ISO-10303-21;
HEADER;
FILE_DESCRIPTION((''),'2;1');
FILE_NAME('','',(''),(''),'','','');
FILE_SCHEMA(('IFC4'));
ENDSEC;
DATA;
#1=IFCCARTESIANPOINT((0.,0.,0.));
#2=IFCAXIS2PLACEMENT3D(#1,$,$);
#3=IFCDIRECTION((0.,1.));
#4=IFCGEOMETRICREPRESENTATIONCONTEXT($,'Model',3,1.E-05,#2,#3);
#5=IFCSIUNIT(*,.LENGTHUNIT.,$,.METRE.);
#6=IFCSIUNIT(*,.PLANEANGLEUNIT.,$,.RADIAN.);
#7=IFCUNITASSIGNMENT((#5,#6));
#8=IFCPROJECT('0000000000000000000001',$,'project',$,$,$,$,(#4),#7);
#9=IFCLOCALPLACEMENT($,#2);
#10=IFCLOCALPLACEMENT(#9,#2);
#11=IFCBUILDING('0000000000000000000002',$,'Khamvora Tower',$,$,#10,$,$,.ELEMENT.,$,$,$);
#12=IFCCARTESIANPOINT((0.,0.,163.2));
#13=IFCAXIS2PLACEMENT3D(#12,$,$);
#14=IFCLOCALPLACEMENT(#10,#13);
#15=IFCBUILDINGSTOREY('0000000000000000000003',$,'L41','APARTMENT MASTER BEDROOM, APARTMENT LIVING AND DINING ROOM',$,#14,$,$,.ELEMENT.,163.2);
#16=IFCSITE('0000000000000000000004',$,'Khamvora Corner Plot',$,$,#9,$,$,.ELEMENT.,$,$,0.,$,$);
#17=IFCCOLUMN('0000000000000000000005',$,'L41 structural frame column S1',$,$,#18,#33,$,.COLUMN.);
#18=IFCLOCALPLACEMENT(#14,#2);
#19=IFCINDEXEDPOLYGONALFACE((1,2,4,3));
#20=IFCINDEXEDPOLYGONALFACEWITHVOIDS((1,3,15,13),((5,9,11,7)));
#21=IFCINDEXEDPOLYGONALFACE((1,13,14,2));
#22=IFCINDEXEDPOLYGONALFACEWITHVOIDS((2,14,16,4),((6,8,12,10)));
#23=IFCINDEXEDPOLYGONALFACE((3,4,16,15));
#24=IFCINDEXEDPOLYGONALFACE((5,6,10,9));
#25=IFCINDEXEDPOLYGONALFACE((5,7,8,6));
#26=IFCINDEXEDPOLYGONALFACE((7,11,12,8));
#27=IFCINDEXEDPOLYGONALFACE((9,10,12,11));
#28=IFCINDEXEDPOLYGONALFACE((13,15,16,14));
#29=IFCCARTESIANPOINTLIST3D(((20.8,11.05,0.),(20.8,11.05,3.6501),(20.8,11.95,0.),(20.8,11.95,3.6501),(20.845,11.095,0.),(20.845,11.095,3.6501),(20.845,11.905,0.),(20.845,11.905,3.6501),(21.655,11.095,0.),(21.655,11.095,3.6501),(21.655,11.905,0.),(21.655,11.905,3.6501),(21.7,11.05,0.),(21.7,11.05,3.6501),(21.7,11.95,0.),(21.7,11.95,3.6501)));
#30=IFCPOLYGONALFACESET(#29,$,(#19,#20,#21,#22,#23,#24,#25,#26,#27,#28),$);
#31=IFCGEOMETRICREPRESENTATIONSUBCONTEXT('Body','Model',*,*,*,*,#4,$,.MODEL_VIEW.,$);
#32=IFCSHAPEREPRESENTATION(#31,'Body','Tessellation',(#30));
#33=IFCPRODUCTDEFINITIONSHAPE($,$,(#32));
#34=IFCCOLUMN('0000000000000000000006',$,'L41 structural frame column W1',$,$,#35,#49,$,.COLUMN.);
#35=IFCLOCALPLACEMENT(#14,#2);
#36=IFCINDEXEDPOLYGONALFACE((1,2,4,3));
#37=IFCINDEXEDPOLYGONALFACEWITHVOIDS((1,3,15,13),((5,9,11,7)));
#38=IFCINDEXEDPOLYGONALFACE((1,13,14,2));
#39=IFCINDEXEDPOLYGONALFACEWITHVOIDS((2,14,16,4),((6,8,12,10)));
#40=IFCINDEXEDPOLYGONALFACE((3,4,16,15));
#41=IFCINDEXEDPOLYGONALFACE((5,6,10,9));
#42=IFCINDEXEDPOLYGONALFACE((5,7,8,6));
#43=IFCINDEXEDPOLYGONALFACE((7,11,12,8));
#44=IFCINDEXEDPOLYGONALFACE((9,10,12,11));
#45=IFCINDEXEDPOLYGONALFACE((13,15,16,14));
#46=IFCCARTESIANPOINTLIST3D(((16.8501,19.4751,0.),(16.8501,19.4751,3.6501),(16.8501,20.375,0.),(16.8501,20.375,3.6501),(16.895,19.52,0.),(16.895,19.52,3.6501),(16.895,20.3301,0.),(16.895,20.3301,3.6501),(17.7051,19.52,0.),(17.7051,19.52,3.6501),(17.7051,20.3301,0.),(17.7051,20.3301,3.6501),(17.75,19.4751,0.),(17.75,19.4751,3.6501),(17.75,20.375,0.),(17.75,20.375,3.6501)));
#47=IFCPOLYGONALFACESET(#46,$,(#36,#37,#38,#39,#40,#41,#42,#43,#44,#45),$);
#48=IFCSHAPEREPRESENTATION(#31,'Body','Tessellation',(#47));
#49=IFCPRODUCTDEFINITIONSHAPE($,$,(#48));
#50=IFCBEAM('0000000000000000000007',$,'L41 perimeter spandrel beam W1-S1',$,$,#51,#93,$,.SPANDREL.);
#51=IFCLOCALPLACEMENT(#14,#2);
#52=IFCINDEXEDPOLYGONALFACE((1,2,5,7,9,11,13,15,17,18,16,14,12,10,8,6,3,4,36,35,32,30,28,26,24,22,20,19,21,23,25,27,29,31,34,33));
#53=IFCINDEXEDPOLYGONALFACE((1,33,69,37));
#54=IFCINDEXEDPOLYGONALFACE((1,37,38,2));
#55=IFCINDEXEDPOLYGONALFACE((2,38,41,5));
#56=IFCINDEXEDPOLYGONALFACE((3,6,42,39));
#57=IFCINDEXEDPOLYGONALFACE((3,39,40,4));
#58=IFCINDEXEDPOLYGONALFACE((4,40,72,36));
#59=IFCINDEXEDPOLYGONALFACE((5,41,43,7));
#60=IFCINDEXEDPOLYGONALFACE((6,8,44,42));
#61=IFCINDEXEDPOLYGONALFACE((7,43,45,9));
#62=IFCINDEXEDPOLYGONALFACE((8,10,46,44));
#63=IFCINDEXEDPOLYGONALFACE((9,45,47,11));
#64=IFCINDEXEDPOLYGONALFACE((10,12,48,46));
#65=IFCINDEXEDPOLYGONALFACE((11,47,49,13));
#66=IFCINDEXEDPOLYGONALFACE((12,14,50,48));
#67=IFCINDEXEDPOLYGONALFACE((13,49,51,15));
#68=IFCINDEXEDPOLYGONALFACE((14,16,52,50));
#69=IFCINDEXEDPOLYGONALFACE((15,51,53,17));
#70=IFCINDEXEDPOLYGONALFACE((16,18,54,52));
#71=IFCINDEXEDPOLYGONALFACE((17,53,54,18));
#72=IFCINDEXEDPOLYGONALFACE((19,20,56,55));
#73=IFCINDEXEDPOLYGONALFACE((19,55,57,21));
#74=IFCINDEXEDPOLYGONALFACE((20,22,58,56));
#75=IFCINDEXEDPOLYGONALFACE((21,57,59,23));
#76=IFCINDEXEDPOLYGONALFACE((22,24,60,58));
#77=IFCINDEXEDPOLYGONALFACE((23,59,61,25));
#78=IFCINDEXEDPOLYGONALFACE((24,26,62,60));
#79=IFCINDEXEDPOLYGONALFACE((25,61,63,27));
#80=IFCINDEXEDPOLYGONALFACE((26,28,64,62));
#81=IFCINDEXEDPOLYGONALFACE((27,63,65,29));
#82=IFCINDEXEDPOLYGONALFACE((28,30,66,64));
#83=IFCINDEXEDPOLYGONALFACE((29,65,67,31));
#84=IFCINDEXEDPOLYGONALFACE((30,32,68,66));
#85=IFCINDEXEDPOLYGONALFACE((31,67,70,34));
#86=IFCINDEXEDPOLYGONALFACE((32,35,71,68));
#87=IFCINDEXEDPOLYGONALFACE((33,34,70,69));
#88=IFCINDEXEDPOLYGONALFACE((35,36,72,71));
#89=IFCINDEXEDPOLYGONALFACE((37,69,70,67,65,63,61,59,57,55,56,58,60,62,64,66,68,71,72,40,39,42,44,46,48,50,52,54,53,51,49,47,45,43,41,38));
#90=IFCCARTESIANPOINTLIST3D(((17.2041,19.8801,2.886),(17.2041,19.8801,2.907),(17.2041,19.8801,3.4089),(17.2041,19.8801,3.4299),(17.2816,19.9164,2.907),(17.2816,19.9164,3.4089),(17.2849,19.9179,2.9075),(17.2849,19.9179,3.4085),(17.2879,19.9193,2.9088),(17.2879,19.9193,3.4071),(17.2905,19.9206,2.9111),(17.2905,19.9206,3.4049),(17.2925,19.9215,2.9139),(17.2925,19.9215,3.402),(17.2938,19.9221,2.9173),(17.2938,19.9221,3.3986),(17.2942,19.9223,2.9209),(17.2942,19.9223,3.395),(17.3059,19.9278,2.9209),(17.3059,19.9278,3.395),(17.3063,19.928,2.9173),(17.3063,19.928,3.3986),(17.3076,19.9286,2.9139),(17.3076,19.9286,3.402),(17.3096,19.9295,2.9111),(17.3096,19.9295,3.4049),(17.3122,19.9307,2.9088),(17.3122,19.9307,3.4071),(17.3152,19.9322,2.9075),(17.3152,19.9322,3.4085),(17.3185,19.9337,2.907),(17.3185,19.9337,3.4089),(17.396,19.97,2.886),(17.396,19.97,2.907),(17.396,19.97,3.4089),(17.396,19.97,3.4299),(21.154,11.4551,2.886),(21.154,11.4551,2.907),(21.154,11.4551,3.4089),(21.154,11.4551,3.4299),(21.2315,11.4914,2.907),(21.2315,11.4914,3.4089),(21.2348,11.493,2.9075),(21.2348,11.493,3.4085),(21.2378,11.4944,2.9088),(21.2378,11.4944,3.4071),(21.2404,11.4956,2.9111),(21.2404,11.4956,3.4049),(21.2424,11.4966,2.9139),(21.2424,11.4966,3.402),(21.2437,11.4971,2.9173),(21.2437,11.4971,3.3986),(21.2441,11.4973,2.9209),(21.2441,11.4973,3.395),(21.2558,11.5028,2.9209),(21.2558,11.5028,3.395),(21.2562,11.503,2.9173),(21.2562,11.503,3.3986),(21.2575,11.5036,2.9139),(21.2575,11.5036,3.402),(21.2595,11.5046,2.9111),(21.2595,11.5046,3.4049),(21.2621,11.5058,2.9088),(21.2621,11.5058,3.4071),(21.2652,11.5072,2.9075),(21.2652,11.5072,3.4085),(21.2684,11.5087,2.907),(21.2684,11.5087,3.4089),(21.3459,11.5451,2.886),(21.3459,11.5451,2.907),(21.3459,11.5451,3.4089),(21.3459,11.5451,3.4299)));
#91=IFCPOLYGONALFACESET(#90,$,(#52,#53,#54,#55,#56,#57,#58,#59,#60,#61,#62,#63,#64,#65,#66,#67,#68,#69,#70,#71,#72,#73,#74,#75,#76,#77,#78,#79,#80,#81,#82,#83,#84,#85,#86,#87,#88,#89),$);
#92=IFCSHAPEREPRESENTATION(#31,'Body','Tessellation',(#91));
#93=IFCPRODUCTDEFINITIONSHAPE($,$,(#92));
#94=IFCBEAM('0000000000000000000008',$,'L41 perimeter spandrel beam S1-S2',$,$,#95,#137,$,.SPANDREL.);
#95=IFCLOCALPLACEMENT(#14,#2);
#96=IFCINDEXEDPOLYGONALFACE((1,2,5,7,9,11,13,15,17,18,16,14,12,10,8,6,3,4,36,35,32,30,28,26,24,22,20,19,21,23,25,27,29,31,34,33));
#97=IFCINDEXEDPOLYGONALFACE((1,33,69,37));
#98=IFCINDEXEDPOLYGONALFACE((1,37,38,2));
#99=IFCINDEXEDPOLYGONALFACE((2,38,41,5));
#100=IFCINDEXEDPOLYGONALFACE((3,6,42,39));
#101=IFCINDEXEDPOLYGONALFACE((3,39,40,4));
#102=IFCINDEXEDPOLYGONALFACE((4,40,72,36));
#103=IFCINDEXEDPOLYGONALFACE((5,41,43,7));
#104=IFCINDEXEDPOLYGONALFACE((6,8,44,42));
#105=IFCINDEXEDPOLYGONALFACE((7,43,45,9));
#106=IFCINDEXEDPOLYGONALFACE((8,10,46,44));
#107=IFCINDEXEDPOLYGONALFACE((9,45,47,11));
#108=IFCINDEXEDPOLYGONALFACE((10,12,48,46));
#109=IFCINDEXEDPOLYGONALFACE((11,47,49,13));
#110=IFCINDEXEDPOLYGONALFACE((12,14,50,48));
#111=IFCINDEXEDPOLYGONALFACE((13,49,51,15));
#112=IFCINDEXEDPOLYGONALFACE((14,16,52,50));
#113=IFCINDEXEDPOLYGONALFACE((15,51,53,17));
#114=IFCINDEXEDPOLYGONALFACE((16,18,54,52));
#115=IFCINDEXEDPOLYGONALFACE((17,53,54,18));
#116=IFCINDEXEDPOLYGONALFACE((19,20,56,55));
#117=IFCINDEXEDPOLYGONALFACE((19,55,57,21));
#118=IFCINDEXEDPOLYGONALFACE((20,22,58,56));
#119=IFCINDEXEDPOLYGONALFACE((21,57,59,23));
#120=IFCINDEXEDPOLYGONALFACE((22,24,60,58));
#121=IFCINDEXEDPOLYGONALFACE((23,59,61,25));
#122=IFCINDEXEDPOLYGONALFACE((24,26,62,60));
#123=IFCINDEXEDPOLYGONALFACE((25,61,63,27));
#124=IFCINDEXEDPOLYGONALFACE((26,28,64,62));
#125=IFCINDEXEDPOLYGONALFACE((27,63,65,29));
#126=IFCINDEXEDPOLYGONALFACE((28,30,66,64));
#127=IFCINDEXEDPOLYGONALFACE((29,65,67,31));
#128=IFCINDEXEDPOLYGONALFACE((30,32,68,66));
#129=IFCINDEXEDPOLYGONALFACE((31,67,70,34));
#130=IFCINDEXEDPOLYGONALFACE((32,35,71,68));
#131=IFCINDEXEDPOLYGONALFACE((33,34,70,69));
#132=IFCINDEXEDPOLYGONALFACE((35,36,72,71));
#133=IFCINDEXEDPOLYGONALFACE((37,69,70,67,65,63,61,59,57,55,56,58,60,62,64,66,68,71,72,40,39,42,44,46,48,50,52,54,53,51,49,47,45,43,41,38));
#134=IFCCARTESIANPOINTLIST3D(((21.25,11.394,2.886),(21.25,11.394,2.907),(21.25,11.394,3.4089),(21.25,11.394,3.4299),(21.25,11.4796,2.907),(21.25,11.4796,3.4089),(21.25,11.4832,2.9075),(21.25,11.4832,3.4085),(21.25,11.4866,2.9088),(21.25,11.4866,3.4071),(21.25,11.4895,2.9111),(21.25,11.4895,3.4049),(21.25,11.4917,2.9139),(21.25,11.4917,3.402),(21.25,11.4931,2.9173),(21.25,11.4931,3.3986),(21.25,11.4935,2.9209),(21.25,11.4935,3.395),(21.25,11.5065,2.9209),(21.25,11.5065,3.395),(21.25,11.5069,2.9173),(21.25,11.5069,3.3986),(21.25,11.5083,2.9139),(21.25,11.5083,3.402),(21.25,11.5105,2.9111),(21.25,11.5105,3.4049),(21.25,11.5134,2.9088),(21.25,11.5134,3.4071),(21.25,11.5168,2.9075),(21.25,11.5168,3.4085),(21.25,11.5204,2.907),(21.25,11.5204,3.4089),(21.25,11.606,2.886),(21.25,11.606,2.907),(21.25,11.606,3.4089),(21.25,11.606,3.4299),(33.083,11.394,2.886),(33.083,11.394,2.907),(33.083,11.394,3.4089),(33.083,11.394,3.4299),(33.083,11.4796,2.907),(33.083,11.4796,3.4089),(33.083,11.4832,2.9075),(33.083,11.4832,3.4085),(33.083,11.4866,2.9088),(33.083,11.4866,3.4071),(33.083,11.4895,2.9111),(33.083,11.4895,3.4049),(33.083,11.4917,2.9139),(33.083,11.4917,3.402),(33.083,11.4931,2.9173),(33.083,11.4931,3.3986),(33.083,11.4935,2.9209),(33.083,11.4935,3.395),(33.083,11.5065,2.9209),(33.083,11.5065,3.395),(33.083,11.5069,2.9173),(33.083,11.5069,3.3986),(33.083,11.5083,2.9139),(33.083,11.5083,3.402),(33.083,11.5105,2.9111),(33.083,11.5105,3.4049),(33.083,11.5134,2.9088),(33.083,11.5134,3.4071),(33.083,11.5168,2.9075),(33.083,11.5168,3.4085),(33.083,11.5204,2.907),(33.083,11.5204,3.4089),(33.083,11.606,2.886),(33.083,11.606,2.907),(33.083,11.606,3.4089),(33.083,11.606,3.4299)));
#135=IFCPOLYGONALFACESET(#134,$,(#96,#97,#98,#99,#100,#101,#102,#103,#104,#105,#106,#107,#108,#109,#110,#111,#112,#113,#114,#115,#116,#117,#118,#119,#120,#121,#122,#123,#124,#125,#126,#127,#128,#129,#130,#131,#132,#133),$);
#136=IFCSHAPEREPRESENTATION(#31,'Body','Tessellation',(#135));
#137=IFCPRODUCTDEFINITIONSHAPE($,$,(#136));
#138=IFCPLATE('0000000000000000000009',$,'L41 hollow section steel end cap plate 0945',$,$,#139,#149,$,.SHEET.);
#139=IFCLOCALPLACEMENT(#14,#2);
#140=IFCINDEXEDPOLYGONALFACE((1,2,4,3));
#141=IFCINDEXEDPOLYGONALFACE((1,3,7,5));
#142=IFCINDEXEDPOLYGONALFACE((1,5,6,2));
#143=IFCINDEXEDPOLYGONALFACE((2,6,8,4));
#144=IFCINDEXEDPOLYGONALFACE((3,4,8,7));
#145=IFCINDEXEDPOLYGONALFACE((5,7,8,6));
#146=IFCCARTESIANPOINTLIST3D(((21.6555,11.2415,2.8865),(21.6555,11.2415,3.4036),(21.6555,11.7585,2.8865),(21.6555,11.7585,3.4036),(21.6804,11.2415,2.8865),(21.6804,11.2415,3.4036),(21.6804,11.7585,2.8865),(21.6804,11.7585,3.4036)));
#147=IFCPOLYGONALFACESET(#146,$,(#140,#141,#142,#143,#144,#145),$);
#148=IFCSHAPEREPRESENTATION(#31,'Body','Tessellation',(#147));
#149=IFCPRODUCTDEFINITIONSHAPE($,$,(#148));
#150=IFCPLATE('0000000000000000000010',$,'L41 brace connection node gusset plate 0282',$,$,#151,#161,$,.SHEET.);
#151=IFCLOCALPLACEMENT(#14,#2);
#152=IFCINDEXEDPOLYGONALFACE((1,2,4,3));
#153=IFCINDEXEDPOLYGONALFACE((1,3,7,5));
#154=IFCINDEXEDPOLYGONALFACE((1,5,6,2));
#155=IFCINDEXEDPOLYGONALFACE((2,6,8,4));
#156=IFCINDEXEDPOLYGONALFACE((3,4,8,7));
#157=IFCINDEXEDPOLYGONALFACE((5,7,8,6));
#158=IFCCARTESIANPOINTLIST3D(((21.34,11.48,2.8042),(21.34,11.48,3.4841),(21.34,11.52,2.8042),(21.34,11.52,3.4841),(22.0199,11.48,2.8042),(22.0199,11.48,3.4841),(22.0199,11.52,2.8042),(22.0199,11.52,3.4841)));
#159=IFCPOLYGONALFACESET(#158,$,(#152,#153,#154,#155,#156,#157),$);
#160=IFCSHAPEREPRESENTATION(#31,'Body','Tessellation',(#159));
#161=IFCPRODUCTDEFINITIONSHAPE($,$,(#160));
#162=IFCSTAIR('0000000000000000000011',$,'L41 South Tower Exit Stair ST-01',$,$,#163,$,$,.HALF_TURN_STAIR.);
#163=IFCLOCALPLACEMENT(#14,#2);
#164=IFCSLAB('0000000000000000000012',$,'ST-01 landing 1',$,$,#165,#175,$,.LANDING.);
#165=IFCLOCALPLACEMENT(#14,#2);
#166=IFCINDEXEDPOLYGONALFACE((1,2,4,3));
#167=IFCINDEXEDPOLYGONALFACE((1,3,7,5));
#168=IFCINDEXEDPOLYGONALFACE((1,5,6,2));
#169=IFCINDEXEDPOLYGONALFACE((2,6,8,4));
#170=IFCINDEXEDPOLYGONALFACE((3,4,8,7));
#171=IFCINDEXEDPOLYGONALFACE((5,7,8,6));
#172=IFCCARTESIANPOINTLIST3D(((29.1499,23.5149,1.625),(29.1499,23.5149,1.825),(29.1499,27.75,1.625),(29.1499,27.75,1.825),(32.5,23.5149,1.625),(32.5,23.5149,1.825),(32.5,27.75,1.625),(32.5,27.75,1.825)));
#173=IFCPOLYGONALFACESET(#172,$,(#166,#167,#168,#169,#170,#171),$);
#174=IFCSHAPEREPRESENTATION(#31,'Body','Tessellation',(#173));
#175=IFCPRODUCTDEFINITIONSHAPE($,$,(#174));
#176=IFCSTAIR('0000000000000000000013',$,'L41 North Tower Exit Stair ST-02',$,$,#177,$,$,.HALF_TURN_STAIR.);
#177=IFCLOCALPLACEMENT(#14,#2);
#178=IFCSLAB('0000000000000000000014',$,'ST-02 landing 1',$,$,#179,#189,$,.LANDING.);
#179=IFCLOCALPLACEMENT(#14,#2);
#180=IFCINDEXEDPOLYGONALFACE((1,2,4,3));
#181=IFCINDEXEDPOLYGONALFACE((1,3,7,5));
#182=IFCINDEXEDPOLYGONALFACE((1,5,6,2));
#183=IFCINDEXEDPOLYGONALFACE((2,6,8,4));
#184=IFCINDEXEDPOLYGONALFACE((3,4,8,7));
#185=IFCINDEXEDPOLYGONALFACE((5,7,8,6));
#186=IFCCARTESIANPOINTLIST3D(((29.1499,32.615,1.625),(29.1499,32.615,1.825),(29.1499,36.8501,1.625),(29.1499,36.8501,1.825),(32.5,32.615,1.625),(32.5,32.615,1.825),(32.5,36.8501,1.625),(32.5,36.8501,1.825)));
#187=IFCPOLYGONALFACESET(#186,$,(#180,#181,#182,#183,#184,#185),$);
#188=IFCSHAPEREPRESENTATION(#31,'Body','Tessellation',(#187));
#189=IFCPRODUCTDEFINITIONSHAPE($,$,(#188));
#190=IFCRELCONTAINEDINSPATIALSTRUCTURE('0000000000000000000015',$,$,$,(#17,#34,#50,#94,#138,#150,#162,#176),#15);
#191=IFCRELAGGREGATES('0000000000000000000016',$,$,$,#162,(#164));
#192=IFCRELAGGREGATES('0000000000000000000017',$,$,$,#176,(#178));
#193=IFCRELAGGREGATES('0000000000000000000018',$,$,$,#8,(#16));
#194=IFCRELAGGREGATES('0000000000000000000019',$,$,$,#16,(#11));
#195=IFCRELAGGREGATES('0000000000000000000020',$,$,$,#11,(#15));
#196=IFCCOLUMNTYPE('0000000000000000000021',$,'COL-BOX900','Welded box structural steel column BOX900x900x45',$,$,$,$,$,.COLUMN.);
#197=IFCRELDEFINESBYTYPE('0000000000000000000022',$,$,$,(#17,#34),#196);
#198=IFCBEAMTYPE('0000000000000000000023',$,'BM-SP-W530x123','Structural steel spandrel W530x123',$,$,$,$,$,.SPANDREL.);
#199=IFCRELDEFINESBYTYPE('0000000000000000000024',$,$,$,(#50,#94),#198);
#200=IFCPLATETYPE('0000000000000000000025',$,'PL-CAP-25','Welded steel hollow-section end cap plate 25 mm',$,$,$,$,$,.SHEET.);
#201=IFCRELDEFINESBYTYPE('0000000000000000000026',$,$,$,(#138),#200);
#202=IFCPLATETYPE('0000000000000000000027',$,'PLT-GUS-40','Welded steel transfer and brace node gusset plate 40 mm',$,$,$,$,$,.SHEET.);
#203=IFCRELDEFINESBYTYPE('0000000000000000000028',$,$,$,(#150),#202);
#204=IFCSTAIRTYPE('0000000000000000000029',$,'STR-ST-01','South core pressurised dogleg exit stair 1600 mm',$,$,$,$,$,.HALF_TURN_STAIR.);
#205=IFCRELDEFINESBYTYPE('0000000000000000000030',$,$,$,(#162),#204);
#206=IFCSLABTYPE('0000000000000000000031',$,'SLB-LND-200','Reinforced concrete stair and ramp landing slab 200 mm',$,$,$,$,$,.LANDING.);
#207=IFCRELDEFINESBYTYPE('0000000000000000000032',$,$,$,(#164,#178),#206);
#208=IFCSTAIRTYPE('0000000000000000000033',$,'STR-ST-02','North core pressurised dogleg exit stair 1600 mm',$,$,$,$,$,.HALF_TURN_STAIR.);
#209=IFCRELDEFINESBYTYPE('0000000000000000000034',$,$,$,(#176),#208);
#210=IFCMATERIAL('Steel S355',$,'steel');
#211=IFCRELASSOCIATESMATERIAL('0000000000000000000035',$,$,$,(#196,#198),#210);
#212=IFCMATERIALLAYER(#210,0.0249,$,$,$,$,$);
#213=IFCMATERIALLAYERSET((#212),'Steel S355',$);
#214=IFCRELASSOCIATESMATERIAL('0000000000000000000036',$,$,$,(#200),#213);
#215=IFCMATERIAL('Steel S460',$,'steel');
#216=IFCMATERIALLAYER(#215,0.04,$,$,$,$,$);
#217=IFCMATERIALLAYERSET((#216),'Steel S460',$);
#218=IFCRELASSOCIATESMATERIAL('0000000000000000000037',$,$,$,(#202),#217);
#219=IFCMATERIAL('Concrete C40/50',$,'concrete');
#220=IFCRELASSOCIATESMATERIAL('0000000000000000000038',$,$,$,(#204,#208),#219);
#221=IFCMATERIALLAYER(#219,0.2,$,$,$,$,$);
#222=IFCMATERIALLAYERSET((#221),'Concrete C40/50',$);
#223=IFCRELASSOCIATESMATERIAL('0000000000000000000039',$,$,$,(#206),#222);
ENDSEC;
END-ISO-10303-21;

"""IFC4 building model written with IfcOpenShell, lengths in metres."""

from ifc_helpers import new_model, si_unit, direction, frame, origin, origin_2d, place, context, subcontext, project, spatial, polyline, rectangle, hollow_rectangle, i_section, outline, extrude, material, layer, layer_set, material_profile, profile_set, type_object, element, aggregate, save


model = new_model("IFC4")

# Units and contexts
model_context = context("Model", 3, precision=1e-05, world=origin(), true_north=direction((0.0, 1.0)))
body_context = subcontext(model_context, "Body", "Model", "MODEL_VIEW")
ifc_project = project(units=[si_unit("LENGTHUNIT", "METRE"), si_unit("PLANEANGLEUNIT", "RADIAN")], contexts=[model_context])

# Site, building, storey
site_placement = place(None, origin())
site = spatial("IfcSite", under=ifc_project, at=site_placement, Name="Khamvora Corner Plot", CompositionType="ELEMENT", RefElevation=0.0)
building_placement = place(site_placement, origin())
building = spatial("IfcBuilding", under=site, at=building_placement, Name="Khamvora Tower", CompositionType="ELEMENT")
storey_placement = place(building_placement, frame((0.0, 0.0, 163.2)))
storey = spatial("IfcBuildingStorey", under=building, at=storey_placement, Name="L41", Description="APARTMENT MASTER BEDROOM, APARTMENT LIVING AND DINING ROOM", CompositionType="ELEMENT", Elevation=163.2)

# Columns
ifc_material_1 = material(Name="Steel S355", Category="steel")
ifc_material_profile_1 = material_profile(ifc_material_1, hollow_rectangle(XDim=0.8999, YDim=0.8999, WallThickness=0.0449, at=origin_2d()), Name="BOX900x900x45")
ifc_profile_set_1 = profile_set([ifc_material_profile_1], Name="Steel S355")
column_type = type_object("IfcColumnType", Name="COL-BOX900", Description="Welded box structural steel column BOX900x900x45", PredefinedType="COLUMN", material=ifc_profile_set_1)
for number, where, z_axis, x_axis, name in (
    (1, (21.25, 11.5, 0.0), (0.0, 0.0, 1.0), (1.0, 0.0, 0.0), "L41 structural frame column S1"),
    (2, (17.3, 19.925, 0.0), (0.0, 0.0, 1.0), (1.0, 0.0, 0.0), "L41 structural frame column W1"),
):
    element("IfcColumn", number, at=place(storey_placement, frame(where, z_axis=z_axis, x_axis=x_axis)), inside=storey, type_object=column_type, Name=name, PredefinedType="COLUMN", context=body_context, shape_type="SweptSolid", body=[
        extrude(hollow_rectangle(XDim=0.8999, YDim=0.8999, WallThickness=0.0449, at=origin_2d()), origin(), (0.0, 0.0, 1.0), 3.6501),
    ])

# Beams
ifc_material_profile_2 = material_profile(ifc_material_1, i_section(OverallWidth=0.2119, OverallDepth=0.5439, WebThickness=0.0129, FlangeThickness=0.021, FilletRadius=0.0139, at=origin_2d()), Name="W530x123")
ifc_profile_set_2 = profile_set([ifc_material_profile_2], Name="Steel S355")
beam_type = type_object("IfcBeamType", Name="BM-SP-W530x123", Description="Structural steel spandrel W530x123", PredefinedType="SPANDREL", material=ifc_profile_set_2)
beam_1_placement = place(storey_placement, frame((17.3, 19.925, 3.158), z_axis=(0.424496, -0.90543, 0.0), x_axis=(0.90543, 0.424496, 0.0)))
element("IfcBeam", 3, at=beam_1_placement, inside=storey, type_object=beam_type, Name="L41 perimeter spandrel beam W1-S1", PredefinedType="SPANDREL", context=body_context, shape_type="SweptSolid", body=[
    extrude(i_section(OverallWidth=0.2119, OverallDepth=0.5439, WebThickness=0.0129, FlangeThickness=0.021, FilletRadius=0.0139, at=origin_2d()), origin(), (0.0, 0.0, 1.0), 9.3049),
])
beam_2_placement = place(storey_placement, frame((21.25, 11.5, 3.158), z_axis=(1.0, 0.0, 0.0), x_axis=(0.0, 1.0, 0.0)))
element("IfcBeam", 4, at=beam_2_placement, inside=storey, type_object=beam_type, Name="L41 perimeter spandrel beam S1-S2", PredefinedType="SPANDREL", context=body_context, shape_type="SweptSolid", body=[
    extrude(i_section(OverallWidth=0.2119, OverallDepth=0.5439, WebThickness=0.0129, FlangeThickness=0.021, FilletRadius=0.0139, at=origin_2d()), origin(), (0.0, 0.0, 1.0), 11.833),
])

# Plates
ifc_layer_1 = layer(ifc_material_1, 0.0249)
ifc_layer_set_1 = layer_set([ifc_layer_1], Name="Steel S355")
plate_type_1 = type_object("IfcPlateType", Name="PL-CAP-25", Description="Welded steel hollow-section end cap plate 25 mm", PredefinedType="SHEET", material=ifc_layer_set_1)
plate_1_placement = place(storey_placement, frame((21.668, 11.5, 2.8865), z_axis=(0.0, 0.0, 1.0), x_axis=(-1.0, 0.0, 0.0)))
element("IfcPlate", 5, at=plate_1_placement, inside=storey, type_object=plate_type_1, Name="L41 hollow section steel end cap plate 0945", PredefinedType="SHEET", context=body_context, shape_type="SweptSolid", body=[
    extrude(rectangle(XDim=0.0249, YDim=0.5171, at=origin_2d()), origin(), (0.0, 0.0, 1.0), 0.5171),
])
ifc_material_2 = material(Name="Steel S460", Category="steel")
ifc_layer_2 = layer(ifc_material_2, 0.04)
ifc_layer_set_2 = layer_set([ifc_layer_2], Name="Steel S460")
plate_type_2 = type_object("IfcPlateType", Name="PLT-GUS-40", Description="Welded steel transfer and brace node gusset plate 40 mm", PredefinedType="SHEET", material=ifc_layer_set_2)
plate_2_placement = place(storey_placement, frame((21.6799, 11.5, 2.8042), z_axis=(0.0, 0.0, 1.0), x_axis=(1.0, 0.0, 0.0)))
element("IfcPlate", 6, at=plate_2_placement, inside=storey, type_object=plate_type_2, Name="L41 brace connection node gusset plate 0282", PredefinedType="SHEET", context=body_context, shape_type="SweptSolid", body=[
    extrude(rectangle(XDim=0.6799, YDim=0.04, at=origin_2d()), origin(), (0.0, 0.0, 1.0), 0.6799),
])

# Stairs, slabs
ifc_material_3 = material(Name="Concrete C40/50", Category="concrete")
stair_type_1 = type_object("IfcStairType", Name="STR-ST-01", Description="South core pressurised dogleg exit stair 1600 mm", PredefinedType="HALF_TURN_STAIR", material=ifc_material_3)
stair_1_placement = place(storey_placement, origin())
stair_1 = element("IfcStair", 7, at=stair_1_placement, inside=storey, type_object=stair_type_1, Name="L41 South Tower Exit Stair ST-01", PredefinedType="HALF_TURN_STAIR")
ifc_layer_3 = layer(ifc_material_3, 0.2)
ifc_layer_set_3 = layer_set([ifc_layer_3], Name="Concrete C40/50")
slab_type_1 = type_object("IfcSlabType", Name="SLB-LND-200", Description="Reinforced concrete stair and ramp landing slab 200 mm", PredefinedType="LANDING", material=ifc_layer_set_3)
slab_1_placement = place(storey_placement, frame((0.0, 0.0, 1.625)))
slab_1 = element("IfcSlab", 8, at=slab_1_placement, type_object=slab_type_1, Name="ST-01 landing 1", PredefinedType="LANDING", context=body_context, shape_type="SweptSolid", body=[
    extrude(outline(polyline([(32.5, 23.5149), (32.5, 27.75), (29.1499, 27.75), (29.1499, 23.5149), (32.5, 23.5149)])), origin(), (0.0, 0.0, 1.0), 0.2),
])
aggregate(stair_1, [slab_1])
stair_type_2 = type_object("IfcStairType", Name="STR-ST-02", Description="North core pressurised dogleg exit stair 1600 mm", PredefinedType="HALF_TURN_STAIR", material=ifc_material_3)
stair_2_placement = place(storey_placement, origin())
stair_2 = element("IfcStair", 9, at=stair_2_placement, inside=storey, type_object=stair_type_2, Name="L41 North Tower Exit Stair ST-02", PredefinedType="HALF_TURN_STAIR")
slab_2_placement = place(storey_placement, frame((0.0, 0.0, 1.625)))
slab_2 = element("IfcSlab", 10, at=slab_2_placement, type_object=slab_type_1, Name="ST-02 landing 1", PredefinedType="LANDING", context=body_context, shape_type="SweptSolid", body=[
    extrude(outline(polyline([(32.5, 32.615), (32.5, 36.8501), (29.1499, 36.8501), (29.1499, 32.615), (32.5, 32.615)])), origin(), (0.0, 0.0, 1.0), 0.2),
])
aggregate(stair_2, [slab_2])

save(model, "model.ifc")
